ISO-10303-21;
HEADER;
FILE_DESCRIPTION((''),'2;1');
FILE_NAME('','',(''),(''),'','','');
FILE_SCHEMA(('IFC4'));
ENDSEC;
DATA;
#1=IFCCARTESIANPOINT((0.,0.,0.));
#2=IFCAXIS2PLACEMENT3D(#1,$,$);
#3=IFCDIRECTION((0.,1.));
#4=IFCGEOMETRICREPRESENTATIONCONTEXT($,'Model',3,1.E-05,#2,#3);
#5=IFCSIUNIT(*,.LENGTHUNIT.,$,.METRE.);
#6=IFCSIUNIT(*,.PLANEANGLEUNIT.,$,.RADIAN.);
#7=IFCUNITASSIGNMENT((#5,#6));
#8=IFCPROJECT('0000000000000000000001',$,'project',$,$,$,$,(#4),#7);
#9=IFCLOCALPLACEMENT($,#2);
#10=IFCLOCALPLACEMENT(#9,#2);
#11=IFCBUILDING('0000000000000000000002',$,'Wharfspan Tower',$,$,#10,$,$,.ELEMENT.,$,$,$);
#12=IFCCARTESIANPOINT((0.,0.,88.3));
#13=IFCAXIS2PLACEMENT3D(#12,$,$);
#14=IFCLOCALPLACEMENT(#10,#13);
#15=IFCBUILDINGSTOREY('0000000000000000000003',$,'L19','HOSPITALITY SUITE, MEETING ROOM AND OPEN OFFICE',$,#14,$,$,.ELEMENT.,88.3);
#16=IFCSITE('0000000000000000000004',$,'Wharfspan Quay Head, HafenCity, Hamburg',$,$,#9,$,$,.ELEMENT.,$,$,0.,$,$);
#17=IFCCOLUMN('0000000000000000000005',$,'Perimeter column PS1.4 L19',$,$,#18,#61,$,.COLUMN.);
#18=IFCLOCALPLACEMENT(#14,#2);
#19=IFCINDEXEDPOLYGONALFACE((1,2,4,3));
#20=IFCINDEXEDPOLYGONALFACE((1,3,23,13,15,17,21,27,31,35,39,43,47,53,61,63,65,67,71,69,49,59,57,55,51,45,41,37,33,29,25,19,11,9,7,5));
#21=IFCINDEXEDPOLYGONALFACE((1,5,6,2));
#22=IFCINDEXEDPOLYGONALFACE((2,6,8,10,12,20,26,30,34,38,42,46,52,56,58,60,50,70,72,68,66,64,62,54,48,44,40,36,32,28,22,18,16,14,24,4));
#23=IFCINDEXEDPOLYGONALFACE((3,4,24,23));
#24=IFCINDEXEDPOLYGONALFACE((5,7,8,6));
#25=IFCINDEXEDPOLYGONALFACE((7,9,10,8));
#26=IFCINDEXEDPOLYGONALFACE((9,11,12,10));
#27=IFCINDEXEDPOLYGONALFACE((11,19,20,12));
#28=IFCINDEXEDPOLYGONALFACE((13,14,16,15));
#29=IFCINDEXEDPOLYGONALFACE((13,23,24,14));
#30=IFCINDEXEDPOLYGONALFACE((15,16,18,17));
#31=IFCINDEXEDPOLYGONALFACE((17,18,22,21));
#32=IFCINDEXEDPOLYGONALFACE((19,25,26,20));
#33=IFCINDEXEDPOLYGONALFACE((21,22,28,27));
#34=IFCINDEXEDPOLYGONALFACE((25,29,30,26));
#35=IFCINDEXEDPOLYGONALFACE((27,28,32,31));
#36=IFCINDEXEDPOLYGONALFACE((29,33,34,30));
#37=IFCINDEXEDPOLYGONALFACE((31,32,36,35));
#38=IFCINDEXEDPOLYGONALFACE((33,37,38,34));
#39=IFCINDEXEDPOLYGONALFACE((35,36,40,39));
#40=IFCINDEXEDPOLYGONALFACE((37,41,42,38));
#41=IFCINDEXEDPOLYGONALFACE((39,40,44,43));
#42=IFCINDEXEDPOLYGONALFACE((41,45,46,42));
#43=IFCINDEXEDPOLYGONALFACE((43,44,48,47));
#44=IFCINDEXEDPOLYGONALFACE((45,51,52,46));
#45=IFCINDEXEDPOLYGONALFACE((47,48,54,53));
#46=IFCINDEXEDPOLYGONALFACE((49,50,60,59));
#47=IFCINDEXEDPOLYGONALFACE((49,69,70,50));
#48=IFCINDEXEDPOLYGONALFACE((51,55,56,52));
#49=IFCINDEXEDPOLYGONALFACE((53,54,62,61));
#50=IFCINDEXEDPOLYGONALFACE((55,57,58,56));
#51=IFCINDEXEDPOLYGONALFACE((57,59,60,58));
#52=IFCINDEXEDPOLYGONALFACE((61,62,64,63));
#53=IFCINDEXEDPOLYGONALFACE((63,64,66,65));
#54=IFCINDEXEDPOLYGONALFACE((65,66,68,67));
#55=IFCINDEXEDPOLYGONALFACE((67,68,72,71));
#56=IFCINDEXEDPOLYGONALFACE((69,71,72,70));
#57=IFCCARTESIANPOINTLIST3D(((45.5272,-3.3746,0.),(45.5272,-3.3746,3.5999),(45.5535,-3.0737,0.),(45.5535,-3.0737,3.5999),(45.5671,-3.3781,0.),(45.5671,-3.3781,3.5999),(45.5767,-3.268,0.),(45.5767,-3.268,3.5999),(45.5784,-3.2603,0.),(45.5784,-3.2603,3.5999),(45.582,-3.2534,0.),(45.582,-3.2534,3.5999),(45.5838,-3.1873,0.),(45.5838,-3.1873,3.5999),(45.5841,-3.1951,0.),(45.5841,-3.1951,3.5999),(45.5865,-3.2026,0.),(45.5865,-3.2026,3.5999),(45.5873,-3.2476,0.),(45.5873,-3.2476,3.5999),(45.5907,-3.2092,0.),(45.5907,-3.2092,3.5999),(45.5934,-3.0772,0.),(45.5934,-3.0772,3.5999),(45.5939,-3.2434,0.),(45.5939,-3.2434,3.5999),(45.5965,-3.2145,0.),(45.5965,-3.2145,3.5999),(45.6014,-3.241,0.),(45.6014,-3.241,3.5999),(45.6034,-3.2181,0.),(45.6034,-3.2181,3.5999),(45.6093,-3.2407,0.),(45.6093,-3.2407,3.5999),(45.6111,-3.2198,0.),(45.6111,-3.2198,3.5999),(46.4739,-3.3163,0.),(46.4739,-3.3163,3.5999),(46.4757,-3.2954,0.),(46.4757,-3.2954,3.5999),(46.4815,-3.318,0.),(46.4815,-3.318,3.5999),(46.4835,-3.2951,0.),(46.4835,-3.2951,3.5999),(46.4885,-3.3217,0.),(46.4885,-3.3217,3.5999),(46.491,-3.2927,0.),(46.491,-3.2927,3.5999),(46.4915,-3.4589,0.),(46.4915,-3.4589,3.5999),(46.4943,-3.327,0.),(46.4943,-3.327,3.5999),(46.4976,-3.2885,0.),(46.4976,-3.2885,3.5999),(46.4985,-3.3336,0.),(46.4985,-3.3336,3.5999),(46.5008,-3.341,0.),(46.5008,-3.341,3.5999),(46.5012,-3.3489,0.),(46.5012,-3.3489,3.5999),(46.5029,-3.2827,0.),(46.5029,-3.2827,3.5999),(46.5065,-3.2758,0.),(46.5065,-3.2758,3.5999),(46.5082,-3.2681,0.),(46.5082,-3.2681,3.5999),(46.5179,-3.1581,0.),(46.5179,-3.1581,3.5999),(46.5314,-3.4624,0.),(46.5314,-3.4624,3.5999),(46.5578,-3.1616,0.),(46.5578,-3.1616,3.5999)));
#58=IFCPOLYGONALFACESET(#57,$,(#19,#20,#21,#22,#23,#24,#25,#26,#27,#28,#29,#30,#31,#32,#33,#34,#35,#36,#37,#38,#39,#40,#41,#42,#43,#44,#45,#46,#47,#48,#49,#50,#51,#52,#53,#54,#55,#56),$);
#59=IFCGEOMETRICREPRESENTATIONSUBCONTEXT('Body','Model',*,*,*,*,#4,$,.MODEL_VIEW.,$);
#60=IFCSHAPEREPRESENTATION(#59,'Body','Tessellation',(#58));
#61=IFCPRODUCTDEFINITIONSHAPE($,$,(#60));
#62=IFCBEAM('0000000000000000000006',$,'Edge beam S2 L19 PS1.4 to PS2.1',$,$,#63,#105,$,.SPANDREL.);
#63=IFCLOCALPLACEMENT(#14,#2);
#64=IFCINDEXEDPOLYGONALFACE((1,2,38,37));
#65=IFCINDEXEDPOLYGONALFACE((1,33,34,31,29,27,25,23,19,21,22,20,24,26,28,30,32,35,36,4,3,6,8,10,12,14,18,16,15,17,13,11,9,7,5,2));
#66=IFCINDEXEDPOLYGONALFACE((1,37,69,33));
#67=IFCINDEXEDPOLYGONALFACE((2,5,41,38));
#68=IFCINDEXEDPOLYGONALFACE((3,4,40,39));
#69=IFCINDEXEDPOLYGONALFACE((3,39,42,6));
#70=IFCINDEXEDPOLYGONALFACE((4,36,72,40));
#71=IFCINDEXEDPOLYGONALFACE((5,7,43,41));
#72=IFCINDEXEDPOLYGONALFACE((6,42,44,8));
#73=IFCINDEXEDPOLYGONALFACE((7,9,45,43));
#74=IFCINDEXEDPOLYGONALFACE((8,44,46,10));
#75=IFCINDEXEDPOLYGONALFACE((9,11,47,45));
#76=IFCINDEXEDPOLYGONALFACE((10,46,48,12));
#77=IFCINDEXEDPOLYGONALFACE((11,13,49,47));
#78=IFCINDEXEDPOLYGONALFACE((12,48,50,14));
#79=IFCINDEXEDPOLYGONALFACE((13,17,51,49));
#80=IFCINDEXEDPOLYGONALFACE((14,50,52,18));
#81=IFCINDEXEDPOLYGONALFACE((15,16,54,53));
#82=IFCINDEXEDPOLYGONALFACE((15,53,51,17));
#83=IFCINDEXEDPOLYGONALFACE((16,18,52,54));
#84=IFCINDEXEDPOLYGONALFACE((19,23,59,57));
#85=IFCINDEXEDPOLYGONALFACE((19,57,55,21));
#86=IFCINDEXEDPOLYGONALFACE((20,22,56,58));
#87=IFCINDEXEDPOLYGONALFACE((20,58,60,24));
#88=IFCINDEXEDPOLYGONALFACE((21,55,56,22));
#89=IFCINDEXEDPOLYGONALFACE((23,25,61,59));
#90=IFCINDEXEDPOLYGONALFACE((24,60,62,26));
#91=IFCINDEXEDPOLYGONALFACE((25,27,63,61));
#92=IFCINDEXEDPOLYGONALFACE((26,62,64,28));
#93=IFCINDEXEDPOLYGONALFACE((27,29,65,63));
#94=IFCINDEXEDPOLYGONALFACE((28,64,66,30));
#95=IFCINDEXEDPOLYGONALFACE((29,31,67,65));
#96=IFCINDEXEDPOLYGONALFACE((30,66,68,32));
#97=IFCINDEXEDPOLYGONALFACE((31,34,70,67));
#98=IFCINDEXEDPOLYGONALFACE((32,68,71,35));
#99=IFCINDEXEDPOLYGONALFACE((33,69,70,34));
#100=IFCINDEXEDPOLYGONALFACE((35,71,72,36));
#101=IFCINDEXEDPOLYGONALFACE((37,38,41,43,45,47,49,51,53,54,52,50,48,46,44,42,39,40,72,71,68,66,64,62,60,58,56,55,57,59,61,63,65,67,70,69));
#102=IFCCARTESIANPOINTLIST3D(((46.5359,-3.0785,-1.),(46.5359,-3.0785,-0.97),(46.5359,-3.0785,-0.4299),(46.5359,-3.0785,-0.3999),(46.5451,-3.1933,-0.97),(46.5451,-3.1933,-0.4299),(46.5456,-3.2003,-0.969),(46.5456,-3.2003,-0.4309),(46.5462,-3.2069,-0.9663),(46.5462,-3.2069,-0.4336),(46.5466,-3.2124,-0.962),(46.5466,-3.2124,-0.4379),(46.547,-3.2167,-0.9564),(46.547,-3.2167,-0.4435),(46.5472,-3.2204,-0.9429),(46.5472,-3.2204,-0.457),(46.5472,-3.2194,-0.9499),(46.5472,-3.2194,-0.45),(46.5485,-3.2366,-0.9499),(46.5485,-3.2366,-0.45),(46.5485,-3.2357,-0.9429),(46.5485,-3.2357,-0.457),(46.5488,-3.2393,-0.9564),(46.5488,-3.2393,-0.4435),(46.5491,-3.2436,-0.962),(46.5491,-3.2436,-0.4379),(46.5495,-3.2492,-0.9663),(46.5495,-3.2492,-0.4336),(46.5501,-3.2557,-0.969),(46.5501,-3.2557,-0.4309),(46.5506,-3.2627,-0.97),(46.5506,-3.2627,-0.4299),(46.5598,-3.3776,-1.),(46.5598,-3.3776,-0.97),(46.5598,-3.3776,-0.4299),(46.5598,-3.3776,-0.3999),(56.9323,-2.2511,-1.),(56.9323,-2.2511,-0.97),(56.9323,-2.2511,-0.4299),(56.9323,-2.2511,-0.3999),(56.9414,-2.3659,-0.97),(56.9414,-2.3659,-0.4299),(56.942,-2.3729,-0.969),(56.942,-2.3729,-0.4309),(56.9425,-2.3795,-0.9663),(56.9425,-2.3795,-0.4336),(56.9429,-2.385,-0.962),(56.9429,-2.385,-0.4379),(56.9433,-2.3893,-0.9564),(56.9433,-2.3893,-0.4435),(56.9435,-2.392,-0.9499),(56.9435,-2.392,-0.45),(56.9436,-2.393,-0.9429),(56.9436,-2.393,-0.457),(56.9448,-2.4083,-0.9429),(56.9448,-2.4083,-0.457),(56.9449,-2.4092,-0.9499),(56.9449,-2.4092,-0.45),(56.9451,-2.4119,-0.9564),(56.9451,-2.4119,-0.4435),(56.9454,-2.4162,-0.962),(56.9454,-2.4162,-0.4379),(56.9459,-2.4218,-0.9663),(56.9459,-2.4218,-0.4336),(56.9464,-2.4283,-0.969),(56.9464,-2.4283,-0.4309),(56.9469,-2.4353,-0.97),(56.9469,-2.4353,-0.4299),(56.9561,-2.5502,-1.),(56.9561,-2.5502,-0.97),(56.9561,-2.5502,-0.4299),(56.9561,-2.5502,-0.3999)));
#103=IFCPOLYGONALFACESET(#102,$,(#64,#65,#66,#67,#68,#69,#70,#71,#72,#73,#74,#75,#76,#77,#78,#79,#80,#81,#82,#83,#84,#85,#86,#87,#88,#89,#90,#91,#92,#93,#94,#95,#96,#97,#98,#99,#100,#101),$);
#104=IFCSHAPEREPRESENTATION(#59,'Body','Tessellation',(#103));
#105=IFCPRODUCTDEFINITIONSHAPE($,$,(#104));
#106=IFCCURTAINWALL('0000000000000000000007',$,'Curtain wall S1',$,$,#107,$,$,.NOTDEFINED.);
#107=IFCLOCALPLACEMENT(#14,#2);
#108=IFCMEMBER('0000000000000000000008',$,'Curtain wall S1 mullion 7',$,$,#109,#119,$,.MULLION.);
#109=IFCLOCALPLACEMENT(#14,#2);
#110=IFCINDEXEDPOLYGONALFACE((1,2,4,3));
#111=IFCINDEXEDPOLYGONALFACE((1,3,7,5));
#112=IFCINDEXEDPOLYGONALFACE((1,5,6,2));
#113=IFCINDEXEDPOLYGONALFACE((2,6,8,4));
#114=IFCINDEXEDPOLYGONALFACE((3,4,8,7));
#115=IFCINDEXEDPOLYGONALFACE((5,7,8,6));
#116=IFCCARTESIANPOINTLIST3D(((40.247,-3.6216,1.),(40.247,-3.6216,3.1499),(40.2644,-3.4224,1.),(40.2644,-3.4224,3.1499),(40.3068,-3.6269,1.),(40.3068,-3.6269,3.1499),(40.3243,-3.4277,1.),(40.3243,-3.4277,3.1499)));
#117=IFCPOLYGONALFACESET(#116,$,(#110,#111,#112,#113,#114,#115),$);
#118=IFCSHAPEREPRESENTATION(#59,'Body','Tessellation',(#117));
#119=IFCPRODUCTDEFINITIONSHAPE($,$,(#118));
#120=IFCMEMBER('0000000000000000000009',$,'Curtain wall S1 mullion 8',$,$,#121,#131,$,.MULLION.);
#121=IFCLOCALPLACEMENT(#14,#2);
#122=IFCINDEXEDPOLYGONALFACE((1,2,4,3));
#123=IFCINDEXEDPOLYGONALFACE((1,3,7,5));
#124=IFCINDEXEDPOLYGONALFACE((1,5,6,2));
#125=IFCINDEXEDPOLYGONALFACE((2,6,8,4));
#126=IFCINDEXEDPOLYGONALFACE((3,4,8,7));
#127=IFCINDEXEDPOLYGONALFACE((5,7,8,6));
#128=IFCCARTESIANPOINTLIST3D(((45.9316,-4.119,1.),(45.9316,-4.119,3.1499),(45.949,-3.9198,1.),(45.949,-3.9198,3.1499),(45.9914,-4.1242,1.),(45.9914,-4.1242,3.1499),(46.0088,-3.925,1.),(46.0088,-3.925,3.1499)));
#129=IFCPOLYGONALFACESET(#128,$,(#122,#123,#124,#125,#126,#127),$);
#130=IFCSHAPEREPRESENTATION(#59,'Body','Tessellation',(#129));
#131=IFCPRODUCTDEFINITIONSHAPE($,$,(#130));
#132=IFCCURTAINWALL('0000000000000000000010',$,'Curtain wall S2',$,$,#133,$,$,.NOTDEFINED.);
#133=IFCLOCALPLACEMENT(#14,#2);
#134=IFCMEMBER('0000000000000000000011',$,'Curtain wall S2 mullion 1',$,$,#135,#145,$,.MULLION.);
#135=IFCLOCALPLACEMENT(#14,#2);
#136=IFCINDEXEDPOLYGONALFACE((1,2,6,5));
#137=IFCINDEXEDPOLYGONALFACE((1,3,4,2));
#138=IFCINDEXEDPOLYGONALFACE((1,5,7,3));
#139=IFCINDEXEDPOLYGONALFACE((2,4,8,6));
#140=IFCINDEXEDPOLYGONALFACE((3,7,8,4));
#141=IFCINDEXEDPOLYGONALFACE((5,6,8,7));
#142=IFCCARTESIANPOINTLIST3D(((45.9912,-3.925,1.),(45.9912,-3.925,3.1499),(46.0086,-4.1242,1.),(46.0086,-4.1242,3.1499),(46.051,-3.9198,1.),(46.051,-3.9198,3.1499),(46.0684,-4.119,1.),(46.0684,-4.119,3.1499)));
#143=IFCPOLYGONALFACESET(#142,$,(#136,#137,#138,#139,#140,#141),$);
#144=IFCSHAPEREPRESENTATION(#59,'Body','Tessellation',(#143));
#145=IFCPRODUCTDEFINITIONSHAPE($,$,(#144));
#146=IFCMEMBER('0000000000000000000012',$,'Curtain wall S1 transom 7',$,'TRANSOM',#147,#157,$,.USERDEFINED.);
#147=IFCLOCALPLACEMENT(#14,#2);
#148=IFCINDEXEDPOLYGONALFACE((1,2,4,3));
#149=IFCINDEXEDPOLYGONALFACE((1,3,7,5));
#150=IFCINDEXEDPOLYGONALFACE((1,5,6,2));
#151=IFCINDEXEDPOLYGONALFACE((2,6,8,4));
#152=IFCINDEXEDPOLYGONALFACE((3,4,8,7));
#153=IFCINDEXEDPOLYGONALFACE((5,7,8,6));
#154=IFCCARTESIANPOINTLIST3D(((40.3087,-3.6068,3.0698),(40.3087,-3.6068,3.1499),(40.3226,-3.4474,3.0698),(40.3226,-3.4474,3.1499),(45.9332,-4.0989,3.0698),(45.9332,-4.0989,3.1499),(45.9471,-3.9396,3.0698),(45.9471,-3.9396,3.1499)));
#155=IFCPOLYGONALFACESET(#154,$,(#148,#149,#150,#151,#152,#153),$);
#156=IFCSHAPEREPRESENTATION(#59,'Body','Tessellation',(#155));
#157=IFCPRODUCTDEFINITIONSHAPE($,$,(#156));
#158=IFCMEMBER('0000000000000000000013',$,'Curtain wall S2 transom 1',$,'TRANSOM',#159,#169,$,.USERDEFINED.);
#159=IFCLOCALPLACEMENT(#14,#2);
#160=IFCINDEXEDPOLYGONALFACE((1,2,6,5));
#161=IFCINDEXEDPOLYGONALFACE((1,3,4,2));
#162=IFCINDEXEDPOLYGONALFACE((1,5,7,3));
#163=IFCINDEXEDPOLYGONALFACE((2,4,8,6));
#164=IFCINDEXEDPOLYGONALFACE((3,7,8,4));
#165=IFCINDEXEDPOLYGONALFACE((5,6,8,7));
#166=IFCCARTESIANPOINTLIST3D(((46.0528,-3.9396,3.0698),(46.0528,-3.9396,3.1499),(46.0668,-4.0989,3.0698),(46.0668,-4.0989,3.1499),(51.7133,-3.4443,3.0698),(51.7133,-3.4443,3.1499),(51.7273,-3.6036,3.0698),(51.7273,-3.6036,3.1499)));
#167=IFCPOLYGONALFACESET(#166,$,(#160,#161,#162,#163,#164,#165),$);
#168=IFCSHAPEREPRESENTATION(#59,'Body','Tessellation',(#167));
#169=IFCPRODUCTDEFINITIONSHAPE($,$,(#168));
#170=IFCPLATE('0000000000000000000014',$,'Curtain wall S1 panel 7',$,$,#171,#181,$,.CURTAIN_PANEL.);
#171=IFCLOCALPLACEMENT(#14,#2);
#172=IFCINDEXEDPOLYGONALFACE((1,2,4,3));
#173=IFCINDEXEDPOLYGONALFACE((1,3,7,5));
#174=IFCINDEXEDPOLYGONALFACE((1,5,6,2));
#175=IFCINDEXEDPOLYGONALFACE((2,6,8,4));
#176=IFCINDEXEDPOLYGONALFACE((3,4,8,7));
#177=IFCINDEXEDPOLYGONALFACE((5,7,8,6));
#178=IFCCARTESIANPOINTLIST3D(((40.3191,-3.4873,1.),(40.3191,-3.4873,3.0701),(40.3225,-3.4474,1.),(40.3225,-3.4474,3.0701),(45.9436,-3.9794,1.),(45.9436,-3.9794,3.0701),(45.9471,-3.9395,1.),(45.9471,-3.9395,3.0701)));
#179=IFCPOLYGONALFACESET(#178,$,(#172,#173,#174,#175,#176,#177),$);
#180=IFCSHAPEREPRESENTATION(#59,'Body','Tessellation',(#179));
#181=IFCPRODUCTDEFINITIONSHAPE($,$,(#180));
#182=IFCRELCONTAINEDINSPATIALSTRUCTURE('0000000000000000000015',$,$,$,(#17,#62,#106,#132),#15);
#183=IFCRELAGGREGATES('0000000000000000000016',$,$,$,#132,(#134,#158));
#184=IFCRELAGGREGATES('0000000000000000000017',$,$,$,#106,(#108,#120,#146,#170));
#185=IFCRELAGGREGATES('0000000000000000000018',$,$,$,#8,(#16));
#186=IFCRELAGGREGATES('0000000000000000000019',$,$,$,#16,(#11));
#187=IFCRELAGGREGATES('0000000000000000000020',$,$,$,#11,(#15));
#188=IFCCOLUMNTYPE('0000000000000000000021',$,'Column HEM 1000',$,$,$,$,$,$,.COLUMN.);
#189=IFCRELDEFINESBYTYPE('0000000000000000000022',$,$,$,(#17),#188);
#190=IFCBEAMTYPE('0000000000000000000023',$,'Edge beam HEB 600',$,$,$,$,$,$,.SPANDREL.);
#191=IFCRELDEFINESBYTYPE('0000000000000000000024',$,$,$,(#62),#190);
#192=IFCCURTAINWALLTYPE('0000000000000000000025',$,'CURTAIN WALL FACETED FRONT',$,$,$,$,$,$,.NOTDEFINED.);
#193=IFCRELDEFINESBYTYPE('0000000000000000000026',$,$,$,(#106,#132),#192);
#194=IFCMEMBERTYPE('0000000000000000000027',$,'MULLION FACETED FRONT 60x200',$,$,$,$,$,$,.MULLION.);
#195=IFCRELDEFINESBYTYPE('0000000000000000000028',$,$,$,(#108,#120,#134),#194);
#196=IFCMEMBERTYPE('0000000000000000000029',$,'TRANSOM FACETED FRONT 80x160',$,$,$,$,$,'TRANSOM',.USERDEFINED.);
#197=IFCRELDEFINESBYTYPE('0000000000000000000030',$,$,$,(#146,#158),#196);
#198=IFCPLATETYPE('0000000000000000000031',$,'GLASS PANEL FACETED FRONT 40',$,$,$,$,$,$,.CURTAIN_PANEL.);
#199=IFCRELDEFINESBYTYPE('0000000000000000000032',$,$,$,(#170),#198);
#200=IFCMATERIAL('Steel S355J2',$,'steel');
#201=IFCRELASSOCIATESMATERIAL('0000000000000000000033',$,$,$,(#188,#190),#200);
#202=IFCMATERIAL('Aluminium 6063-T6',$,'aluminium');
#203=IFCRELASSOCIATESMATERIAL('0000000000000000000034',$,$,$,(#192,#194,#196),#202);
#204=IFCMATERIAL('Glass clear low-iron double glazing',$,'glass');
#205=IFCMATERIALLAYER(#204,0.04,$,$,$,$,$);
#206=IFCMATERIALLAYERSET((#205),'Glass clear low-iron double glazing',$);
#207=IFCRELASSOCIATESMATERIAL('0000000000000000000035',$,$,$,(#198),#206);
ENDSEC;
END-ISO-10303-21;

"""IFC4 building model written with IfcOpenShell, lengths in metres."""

from ifc_helpers import new_model, si_unit, direction, frame, origin, origin_2d, place, context, subcontext, project, spatial, rectangle, i_section, extrude, material, layer, layer_set, material_profile, profile_set, type_object, element, aggregate, save


model = new_model("IFC4")

# Units and contexts
model_context = context("Model", 3, precision=1e-05, world=origin(), true_north=direction((0.0, 1.0)))
body_context = subcontext(model_context, "Body", "Model", "MODEL_VIEW")
ifc_project = project(units=[si_unit("LENGTHUNIT", "METRE"), si_unit("PLANEANGLEUNIT", "RADIAN")], contexts=[model_context])

# Site, building, storey
site_placement = place(None, origin())
site = spatial("IfcSite", under=ifc_project, at=site_placement, Name="Wharfspan Quay Head, HafenCity, Hamburg", CompositionType="ELEMENT", RefElevation=0.0)
building_placement = place(site_placement, origin())
building = spatial("IfcBuilding", under=site, at=building_placement, Name="Wharfspan Tower", CompositionType="ELEMENT")
storey_placement = place(building_placement, frame((0.0, 0.0, 88.3)))
storey = spatial("IfcBuildingStorey", under=building, at=storey_placement, Name="L19", Description="HOSPITALITY SUITE, MEETING ROOM AND OPEN OFFICE", CompositionType="ELEMENT", Elevation=88.3)

# Column
ifc_material_1 = material(Name="Steel S355J2", Category="steel")
ifc_material_profile_1 = material_profile(ifc_material_1, i_section(OverallWidth=0.302, OverallDepth=1.0081, WebThickness=0.021, FlangeThickness=0.04, FilletRadius=0.03, at=origin_2d()))
ifc_profile_set_1 = profile_set([ifc_material_profile_1], Name="Steel S355J2")
column_type = type_object("IfcColumnType", Name="Column HEM 1000", PredefinedType="COLUMN", material=ifc_profile_set_1)
column_placement = place(storey_placement, frame((46.0425, -3.2681, 0.0), z_axis=(0.0, 0.0, 1.0), x_axis=(-0.087156, -0.996198, 0.0)))
element("IfcColumn", 1, at=column_placement, inside=storey, type_object=column_type, Name="Perimeter column PS1.4 L19", PredefinedType="COLUMN", context=body_context, shape_type="SweptSolid", body=[
    extrude(i_section(OverallWidth=0.302, OverallDepth=1.0081, WebThickness=0.021, FlangeThickness=0.04, FilletRadius=0.03, at=origin_2d()), origin(), (0.0, 0.0, 1.0), 3.5999),
])

# Beam
ifc_material_profile_2 = material_profile(ifc_material_1, i_section(OverallWidth=0.3, OverallDepth=0.6001, WebThickness=0.0154, FlangeThickness=0.03, FilletRadius=0.0271, at=origin_2d()))
ifc_profile_set_2 = profile_set([ifc_material_profile_2], Name="Steel S355J2")
beam_type = type_object("IfcBeamType", Name="Edge beam HEB 600", PredefinedType="SPANDREL", material=ifc_profile_set_2)
beam_placement = place(storey_placement, frame((46.5479, -3.228, -0.7), z_axis=(0.996848, 0.079335, 0.0), x_axis=(-0.079335, 0.996848, 0.0)))
element("IfcBeam", 2, at=beam_placement, inside=storey, type_object=beam_type, Name="Edge beam S2 L19 PS1.4 to PS2.1", PredefinedType="SPANDREL", context=body_context, shape_type="SweptSolid", body=[
    extrude(i_section(OverallWidth=0.3, OverallDepth=0.6001, WebThickness=0.0154, FlangeThickness=0.03, FilletRadius=0.0271, at=origin_2d()), origin(), (0.0, 0.0, 1.0), 10.4292),
])

# Curtain wall, members
ifc_material_2 = material(Name="Aluminium 6063-T6", Category="aluminium")
curtain_wall_type = type_object("IfcCurtainWallType", Name="CURTAIN WALL FACETED FRONT", PredefinedType="NOTDEFINED", material=ifc_material_2)
curtain_wall_1_placement = place(storey_placement, origin())
curtain_wall_1 = element("IfcCurtainWall", 3, at=curtain_wall_1_placement, inside=storey, type_object=curtain_wall_type, Name="Curtain wall S1", PredefinedType="NOTDEFINED")
ifc_material_profile_3 = material_profile(ifc_material_2, rectangle(XDim=0.2, YDim=0.0601, at=origin_2d()))
ifc_profile_set_3 = profile_set([ifc_material_profile_3], Name="Aluminium 6063-T6")
member_type_1 = type_object("IfcMemberType", Name="MULLION FACETED FRONT 60x200", PredefinedType="MULLION", material=ifc_profile_set_3)
member_1_placement = place(storey_placement, frame((40.2856, -3.5247, 1.0), z_axis=(0.0, 0.0, 1.0), x_axis=(0.087156, 0.996197, 0.0)))
member_1 = element("IfcMember", 4, at=member_1_placement, type_object=member_type_1, Name="Curtain wall S1 mullion 7", PredefinedType="MULLION", context=body_context, shape_type="SweptSolid", body=[
    extrude(rectangle(XDim=0.2, YDim=0.0601, at=origin_2d()), origin(), (0.0, 0.0, 1.0), 2.1499),
])
member_2_placement = place(storey_placement, frame((45.9702, -4.022, 1.0), z_axis=(0.0, 0.0, 1.0), x_axis=(0.087156, 0.996197, 0.0)))
member_2 = element("IfcMember", 5, at=member_2_placement, type_object=member_type_1, Name="Curtain wall S1 mullion 8", PredefinedType="MULLION", context=body_context, shape_type="SweptSolid", body=[
    extrude(rectangle(XDim=0.2, YDim=0.0601, at=origin_2d()), origin(), (0.0, 0.0, 1.0), 2.1499),
])

# Curtain wall, member
curtain_wall_2_placement = place(storey_placement, origin())
curtain_wall_2 = element("IfcCurtainWall", 6, at=curtain_wall_2_placement, inside=storey, type_object=curtain_wall_type, Name="Curtain wall S2", PredefinedType="NOTDEFINED")
member_3_placement = place(storey_placement, frame((46.0298, -4.022, 1.0), z_axis=(0.0, 0.0, 1.0), x_axis=(-0.087156, 0.996197, 0.0)))
member_3 = element("IfcMember", 7, at=member_3_placement, type_object=member_type_1, Name="Curtain wall S2 mullion 1", PredefinedType="MULLION", context=body_context, shape_type="SweptSolid", body=[
    extrude(rectangle(XDim=0.2, YDim=0.0601, at=origin_2d()), origin(), (0.0, 0.0, 1.0), 2.1499),
])

# Members
ifc_material_profile_4 = material_profile(ifc_material_2, rectangle(XDim=0.1599, YDim=0.0801, at=origin_2d()))
ifc_profile_set_4 = profile_set([ifc_material_profile_4], Name="Aluminium 6063-T6")
member_type_2 = type_object("IfcMemberType", Name="TRANSOM FACETED FRONT 80x160", ElementType="TRANSOM", PredefinedType="USERDEFINED", material=ifc_profile_set_4)
member_4_placement = place(storey_placement, frame((40.3157, -3.5271, 3.1099), z_axis=(0.996193, -0.087174, 0.0), x_axis=(0.087174, 0.996193, 0.0)))
member_4 = element("IfcMember", 8, at=member_4_placement, type_object=member_type_2, Name="Curtain wall S1 transom 7", ObjectType="TRANSOM", PredefinedType="USERDEFINED", context=body_context, shape_type="SweptSolid", body=[
    extrude(rectangle(XDim=0.1599, YDim=0.0801, at=origin_2d()), origin(), (0.0, 0.0, 1.0), 5.646),
])
member_5_placement = place(storey_placement, frame((46.0598, -4.0193, 3.1099), z_axis=(0.996193, 0.08718, 0.0), x_axis=(-0.08718, 0.996193, 0.0)))
member_5 = element("IfcMember", 9, at=member_5_placement, type_object=member_type_2, Name="Curtain wall S2 transom 1", ObjectType="TRANSOM", PredefinedType="USERDEFINED", context=body_context, shape_type="SweptSolid", body=[
    extrude(rectangle(XDim=0.1599, YDim=0.0801, at=origin_2d()), origin(), (0.0, 0.0, 1.0), 5.6821),
])
aggregate(curtain_wall_2, [member_3, member_5])

# Plate
ifc_material_3 = material(Name="Glass clear low-iron double glazing", Category="glass")
ifc_layer_1 = layer(ifc_material_3, 0.04)
ifc_layer_set_1 = layer_set([ifc_layer_1], Name="Glass clear low-iron double glazing")
plate_type = type_object("IfcPlateType", Name="GLASS PANEL FACETED FRONT 40", PredefinedType="CURTAIN_PANEL", material=ifc_layer_set_1)
plate_placement = place(storey_placement, frame((43.1331, -3.7134, 1.0), z_axis=(0.0, 0.0, 1.0), x_axis=(0.996197, -0.087156, 0.0)))
plate = element("IfcPlate", 10, at=plate_placement, type_object=plate_type, Name="Curtain wall S1 panel 7", PredefinedType="CURTAIN_PANEL", context=body_context, shape_type="SweptSolid", body=[
    extrude(rectangle(XDim=5.646, YDim=0.04, at=origin_2d()), origin(), (0.0, 0.0, 1.0), 2.0701),
])
aggregate(curtain_wall_1, [member_1, member_2, member_4, plate])

save(model, "model.ifc")
